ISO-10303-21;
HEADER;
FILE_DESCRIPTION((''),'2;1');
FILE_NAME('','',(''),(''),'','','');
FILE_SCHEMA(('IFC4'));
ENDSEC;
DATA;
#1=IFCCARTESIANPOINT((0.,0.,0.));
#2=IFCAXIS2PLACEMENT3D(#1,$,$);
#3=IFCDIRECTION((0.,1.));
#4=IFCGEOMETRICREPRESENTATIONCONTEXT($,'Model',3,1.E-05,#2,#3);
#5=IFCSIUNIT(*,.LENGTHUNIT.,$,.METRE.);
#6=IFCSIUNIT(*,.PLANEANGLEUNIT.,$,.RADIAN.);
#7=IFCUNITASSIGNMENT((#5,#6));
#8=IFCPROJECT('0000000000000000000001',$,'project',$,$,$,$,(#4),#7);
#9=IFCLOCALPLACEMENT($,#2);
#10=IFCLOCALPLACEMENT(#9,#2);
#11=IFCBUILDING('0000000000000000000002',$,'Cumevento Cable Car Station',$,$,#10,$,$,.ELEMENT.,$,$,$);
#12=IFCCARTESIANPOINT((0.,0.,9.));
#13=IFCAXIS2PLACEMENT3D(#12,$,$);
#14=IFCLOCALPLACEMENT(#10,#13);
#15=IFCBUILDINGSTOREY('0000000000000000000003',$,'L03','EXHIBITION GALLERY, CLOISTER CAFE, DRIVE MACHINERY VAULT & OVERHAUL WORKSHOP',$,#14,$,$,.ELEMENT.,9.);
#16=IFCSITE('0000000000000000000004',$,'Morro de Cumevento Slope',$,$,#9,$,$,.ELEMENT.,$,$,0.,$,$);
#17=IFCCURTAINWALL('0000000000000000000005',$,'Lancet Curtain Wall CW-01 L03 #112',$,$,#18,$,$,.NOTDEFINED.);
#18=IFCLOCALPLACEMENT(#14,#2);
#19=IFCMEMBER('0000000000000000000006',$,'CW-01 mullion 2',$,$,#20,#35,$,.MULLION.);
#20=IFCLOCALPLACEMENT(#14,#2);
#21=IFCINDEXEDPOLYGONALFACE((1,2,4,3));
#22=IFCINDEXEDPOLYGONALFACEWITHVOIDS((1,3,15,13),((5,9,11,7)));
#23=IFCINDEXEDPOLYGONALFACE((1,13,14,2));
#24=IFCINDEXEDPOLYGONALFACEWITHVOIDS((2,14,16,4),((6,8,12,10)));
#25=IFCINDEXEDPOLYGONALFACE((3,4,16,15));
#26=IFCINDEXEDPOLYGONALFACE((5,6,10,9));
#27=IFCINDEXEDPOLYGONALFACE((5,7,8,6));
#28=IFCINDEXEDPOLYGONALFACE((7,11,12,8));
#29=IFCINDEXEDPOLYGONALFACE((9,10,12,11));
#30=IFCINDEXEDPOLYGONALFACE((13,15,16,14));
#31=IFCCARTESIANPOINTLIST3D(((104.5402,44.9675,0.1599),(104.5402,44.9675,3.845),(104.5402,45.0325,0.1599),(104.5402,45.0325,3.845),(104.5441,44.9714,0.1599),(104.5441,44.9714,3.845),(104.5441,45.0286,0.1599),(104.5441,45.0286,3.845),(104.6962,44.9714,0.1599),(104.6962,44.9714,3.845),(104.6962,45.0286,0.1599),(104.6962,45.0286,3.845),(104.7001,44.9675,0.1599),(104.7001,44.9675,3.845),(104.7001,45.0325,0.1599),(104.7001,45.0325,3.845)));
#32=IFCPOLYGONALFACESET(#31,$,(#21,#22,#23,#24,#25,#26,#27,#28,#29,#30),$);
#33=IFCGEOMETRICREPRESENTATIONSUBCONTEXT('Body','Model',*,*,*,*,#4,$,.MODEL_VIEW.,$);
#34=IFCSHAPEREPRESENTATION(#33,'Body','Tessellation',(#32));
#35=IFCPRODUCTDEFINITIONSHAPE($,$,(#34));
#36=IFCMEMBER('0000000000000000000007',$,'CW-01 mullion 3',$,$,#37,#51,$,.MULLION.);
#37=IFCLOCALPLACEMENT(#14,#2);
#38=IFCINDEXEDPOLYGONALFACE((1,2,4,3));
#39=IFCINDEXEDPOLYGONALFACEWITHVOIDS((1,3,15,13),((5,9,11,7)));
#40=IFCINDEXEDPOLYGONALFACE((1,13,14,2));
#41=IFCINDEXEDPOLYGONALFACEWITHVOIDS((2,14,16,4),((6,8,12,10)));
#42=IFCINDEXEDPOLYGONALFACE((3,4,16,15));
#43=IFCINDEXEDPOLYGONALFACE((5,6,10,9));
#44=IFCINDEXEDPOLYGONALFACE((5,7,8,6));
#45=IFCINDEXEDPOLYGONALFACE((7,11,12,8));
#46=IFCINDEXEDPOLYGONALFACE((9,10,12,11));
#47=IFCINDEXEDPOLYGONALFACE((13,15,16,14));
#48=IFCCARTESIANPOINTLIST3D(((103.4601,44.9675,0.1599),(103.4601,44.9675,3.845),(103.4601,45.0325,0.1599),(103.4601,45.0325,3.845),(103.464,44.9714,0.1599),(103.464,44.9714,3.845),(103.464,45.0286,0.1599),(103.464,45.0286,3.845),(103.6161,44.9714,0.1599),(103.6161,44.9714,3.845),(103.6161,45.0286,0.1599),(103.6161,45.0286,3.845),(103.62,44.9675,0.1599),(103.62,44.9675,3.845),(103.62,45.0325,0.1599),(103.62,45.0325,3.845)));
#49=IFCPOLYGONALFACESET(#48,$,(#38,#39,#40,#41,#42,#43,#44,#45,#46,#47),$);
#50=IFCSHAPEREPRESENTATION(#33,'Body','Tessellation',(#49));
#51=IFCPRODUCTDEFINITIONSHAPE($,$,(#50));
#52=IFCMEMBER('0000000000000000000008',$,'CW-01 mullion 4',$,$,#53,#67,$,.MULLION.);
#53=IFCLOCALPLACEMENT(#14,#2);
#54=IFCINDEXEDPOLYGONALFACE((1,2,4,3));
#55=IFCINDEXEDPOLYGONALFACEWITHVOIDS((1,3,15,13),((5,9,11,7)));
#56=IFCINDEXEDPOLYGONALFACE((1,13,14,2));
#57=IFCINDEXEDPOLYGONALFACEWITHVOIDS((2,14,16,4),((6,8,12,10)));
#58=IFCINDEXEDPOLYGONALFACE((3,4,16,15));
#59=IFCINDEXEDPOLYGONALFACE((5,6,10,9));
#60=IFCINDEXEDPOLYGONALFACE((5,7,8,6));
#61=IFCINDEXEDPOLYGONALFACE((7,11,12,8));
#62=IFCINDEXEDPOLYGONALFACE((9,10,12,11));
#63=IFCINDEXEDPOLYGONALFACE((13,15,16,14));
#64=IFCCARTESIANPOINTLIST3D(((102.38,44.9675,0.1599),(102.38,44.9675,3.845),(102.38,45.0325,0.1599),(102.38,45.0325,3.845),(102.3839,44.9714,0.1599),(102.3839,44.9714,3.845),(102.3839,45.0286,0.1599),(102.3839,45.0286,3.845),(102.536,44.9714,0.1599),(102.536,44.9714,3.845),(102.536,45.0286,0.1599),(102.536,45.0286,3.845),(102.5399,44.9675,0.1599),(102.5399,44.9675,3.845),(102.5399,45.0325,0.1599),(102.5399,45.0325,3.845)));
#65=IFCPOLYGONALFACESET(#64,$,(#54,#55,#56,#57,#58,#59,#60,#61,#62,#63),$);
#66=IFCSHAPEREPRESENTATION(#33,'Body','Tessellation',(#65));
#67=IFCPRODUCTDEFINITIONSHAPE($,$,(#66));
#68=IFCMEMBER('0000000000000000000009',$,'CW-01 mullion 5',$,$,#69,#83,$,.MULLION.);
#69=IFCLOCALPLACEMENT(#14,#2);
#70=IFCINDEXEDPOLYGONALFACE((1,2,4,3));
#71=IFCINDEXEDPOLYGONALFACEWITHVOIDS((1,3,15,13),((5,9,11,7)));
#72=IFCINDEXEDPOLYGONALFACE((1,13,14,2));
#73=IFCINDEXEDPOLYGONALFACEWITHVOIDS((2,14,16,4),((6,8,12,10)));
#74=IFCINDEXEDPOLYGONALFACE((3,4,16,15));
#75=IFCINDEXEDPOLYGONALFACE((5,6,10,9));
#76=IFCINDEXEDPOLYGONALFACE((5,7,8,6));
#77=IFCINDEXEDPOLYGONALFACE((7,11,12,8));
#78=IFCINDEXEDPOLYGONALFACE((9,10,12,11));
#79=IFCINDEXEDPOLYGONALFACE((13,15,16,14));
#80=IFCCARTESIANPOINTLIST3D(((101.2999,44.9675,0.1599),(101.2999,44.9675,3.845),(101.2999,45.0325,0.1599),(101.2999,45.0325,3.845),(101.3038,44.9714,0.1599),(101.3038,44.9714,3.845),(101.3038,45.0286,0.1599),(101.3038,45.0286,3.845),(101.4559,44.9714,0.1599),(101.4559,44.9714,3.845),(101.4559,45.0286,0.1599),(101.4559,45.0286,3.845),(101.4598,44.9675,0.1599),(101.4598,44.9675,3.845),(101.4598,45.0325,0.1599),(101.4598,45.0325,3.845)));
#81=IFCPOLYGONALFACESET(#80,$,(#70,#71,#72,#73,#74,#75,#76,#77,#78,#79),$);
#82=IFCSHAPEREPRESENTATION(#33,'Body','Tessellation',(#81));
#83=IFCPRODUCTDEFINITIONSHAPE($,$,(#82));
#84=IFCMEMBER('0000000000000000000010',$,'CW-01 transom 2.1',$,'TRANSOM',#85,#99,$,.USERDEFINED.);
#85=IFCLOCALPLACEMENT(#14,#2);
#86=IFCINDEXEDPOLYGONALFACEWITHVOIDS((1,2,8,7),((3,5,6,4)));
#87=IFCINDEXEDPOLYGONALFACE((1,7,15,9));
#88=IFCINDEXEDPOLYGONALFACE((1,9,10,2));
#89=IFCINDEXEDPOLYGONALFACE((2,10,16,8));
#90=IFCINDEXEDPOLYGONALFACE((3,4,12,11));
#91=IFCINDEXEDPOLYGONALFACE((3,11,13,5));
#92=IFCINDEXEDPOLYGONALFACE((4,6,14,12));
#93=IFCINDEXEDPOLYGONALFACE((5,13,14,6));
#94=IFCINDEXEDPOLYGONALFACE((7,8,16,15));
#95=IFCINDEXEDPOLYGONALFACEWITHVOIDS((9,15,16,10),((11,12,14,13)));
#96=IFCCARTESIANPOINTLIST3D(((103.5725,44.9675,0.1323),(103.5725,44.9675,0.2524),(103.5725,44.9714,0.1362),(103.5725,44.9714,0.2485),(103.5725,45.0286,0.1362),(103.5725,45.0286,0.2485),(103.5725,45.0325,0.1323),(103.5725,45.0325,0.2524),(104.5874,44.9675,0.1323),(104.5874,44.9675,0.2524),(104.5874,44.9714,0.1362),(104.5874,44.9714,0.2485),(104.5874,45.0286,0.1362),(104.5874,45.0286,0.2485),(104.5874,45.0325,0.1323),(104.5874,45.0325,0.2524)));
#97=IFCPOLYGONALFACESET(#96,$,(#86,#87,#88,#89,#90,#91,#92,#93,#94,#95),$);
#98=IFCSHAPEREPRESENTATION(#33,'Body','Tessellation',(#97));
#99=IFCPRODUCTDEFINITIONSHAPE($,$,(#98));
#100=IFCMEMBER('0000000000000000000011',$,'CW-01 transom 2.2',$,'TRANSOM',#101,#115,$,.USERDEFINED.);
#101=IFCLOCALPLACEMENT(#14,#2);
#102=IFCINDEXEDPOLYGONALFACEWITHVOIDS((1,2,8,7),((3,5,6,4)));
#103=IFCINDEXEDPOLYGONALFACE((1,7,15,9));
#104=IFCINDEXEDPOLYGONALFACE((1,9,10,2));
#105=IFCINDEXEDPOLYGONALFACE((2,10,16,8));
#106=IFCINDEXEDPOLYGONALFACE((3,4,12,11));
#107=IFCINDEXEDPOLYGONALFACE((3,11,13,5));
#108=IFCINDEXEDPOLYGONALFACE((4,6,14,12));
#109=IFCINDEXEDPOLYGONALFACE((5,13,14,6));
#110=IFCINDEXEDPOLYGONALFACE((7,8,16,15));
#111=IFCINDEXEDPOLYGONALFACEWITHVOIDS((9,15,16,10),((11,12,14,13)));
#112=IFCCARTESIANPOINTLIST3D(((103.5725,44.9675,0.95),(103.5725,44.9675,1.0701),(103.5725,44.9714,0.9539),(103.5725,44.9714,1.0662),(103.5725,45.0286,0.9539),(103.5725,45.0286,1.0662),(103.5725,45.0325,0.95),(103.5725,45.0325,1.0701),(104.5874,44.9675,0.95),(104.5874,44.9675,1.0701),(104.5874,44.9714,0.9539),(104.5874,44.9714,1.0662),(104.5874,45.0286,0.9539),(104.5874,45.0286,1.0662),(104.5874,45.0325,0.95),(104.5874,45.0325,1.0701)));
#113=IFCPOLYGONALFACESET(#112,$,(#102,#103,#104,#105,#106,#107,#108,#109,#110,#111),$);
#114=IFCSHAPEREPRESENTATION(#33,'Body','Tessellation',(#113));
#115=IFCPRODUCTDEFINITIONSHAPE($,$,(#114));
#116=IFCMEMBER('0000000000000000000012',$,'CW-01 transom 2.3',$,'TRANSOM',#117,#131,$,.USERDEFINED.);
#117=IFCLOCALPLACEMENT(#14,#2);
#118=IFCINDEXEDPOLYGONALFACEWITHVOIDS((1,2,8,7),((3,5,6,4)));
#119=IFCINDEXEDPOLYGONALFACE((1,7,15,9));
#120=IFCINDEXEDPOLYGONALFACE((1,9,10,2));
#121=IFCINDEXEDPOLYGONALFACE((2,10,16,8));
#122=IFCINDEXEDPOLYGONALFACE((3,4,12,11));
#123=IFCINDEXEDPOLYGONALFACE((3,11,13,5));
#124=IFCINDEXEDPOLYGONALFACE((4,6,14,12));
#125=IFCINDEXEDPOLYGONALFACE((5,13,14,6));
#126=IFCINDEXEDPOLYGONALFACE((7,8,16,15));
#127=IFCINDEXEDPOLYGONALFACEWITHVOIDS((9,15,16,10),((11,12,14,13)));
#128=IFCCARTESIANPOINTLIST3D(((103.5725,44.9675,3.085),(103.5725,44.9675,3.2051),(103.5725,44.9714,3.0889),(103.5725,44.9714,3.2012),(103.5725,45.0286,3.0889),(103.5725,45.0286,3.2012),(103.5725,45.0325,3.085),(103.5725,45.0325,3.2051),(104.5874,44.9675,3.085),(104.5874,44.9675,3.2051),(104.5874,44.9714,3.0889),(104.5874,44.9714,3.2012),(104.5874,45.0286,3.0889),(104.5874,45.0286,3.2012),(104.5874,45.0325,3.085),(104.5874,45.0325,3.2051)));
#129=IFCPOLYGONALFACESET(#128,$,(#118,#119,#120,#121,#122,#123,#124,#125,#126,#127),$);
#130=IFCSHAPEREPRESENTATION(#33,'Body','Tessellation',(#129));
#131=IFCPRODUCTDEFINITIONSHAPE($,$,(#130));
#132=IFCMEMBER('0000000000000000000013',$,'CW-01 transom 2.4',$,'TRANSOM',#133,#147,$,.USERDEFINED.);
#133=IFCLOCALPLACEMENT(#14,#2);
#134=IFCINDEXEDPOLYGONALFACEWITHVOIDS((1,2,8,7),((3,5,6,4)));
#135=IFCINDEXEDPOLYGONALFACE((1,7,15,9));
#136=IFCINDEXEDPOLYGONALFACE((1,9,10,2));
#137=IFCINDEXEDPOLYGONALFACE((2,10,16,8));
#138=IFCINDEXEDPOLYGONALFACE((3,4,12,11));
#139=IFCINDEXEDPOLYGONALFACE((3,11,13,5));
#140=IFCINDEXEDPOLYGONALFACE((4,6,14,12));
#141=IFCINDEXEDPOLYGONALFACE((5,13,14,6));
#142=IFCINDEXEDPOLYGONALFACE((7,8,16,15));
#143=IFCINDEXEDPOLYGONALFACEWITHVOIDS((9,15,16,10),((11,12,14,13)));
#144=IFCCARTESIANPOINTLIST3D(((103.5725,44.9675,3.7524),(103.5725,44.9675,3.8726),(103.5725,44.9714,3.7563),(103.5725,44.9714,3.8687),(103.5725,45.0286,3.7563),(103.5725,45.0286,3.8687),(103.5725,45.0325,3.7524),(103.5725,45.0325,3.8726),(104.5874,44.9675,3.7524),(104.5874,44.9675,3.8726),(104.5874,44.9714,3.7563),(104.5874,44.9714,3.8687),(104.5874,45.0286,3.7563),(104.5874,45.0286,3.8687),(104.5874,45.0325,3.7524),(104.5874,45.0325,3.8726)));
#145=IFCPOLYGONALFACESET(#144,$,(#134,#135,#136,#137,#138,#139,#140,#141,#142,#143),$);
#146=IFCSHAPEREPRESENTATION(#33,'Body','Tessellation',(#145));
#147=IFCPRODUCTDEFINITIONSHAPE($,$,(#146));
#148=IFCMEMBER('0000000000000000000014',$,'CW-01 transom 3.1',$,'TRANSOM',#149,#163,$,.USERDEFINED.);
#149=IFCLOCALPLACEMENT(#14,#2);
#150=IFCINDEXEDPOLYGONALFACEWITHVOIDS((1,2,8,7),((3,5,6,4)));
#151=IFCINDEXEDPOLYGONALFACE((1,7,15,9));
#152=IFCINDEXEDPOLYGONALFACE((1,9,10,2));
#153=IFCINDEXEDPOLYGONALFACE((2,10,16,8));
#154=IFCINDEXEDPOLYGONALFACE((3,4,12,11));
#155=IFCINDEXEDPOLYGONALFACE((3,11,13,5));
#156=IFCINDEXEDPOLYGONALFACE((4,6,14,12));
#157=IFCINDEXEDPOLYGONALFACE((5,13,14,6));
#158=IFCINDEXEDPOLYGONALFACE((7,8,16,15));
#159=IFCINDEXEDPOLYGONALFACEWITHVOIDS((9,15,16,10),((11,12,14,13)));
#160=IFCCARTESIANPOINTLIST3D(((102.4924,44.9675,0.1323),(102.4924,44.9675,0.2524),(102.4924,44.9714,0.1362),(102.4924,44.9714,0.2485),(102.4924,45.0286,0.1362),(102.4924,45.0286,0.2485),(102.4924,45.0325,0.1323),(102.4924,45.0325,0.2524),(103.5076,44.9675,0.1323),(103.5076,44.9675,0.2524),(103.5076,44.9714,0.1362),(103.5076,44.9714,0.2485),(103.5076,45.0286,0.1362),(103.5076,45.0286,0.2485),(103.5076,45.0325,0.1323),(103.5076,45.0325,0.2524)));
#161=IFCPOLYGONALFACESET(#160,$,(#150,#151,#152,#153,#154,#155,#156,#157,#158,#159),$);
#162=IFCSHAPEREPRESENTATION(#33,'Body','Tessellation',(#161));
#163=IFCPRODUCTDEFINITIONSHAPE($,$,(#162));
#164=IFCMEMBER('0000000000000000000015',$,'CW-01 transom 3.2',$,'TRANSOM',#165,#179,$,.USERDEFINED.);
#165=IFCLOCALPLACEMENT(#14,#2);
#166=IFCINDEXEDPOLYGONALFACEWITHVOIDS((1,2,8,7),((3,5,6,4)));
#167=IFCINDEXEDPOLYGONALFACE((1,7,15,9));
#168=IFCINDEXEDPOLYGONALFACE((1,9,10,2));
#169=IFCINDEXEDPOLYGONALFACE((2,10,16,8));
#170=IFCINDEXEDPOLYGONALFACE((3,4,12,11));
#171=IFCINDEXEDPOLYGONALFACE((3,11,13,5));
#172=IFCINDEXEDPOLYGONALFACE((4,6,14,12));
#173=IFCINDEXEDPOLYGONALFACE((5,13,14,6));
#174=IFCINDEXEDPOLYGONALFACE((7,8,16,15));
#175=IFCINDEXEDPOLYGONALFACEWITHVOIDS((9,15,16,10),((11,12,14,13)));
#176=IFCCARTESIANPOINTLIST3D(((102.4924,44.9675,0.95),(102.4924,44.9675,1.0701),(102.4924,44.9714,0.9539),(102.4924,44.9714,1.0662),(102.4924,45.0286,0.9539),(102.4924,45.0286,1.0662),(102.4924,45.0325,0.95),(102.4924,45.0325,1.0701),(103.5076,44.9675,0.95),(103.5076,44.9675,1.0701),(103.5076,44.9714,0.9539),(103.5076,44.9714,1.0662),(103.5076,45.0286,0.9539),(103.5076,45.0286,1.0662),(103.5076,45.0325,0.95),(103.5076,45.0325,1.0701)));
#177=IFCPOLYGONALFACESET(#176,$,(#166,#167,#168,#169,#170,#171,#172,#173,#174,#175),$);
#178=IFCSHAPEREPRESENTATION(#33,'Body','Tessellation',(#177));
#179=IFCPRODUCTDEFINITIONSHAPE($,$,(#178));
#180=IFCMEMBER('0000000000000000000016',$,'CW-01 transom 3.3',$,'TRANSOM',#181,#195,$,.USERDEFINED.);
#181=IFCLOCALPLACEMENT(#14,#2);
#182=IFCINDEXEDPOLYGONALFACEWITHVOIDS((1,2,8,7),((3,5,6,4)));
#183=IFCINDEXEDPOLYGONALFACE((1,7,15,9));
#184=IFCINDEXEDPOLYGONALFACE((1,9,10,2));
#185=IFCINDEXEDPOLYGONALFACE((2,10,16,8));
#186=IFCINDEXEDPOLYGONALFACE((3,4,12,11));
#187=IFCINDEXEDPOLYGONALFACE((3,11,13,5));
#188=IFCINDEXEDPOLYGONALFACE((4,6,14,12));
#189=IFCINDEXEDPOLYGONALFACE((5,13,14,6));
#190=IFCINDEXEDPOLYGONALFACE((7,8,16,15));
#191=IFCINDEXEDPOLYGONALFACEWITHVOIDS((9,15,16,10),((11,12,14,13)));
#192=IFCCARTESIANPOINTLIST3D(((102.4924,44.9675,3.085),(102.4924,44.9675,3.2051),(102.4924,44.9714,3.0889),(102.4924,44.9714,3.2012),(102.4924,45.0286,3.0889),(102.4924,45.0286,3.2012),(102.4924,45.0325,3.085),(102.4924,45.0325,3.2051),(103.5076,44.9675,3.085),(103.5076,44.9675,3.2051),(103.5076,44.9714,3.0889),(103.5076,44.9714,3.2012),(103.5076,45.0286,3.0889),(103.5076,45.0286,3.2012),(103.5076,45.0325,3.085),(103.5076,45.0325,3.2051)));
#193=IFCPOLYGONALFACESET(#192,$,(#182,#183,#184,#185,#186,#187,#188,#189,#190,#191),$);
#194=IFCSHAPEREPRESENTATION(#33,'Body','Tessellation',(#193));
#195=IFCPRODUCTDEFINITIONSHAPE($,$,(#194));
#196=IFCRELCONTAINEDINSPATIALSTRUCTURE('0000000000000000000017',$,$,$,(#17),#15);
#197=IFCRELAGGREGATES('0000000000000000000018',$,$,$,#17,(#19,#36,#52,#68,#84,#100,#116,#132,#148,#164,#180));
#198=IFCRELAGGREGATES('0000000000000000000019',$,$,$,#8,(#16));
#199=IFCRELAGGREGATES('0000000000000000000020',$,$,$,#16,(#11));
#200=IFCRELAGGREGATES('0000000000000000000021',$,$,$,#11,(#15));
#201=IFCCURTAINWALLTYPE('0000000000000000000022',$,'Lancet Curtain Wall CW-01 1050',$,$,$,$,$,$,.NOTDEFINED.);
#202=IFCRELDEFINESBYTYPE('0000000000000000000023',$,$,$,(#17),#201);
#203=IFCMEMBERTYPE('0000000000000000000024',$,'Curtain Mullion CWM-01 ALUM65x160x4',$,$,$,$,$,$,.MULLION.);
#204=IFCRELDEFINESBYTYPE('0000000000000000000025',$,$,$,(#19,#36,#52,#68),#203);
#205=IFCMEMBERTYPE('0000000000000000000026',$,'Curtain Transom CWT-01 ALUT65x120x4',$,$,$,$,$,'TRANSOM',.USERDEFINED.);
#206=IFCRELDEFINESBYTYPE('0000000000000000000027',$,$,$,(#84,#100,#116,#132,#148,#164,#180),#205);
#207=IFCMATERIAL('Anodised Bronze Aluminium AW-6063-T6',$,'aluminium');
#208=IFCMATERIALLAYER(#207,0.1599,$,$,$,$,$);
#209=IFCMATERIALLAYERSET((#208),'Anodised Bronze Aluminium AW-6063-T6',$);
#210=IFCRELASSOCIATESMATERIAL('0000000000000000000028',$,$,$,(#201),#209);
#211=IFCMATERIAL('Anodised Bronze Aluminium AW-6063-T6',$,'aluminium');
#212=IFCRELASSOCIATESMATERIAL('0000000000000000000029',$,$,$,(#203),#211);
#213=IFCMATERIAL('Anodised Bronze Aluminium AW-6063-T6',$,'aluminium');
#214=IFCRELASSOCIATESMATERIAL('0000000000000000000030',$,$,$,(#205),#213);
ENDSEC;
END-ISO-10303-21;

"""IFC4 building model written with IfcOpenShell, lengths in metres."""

from ifc_helpers import new_model, si_unit, direction, frame, origin, origin_2d, place, context, subcontext, project, spatial, hollow_rectangle, extrude, material, layer, layer_set, material_profile, profile_set, type_object, element, aggregate, save


model = new_model("IFC4")

# Units and contexts
model_context = context("Model", 3, precision=1e-05, world=origin(), true_north=direction((0.0, 1.0)))
body_context = subcontext(model_context, "Body", "Model", "MODEL_VIEW")
ifc_project = project(units=[si_unit("LENGTHUNIT", "METRE"), si_unit("PLANEANGLEUNIT", "RADIAN")], contexts=[model_context])

# Site, building, storey
site_placement = place(None, origin())
site = spatial("IfcSite", under=ifc_project, at=site_placement, Name="Morro de Cumevento Slope", CompositionType="ELEMENT", RefElevation=0.0)
building_placement = place(site_placement, origin())
building = spatial("IfcBuilding", under=site, at=building_placement, Name="Cumevento Cable Car Station", CompositionType="ELEMENT")
storey_placement = place(building_placement, frame((0.0, 0.0, 9.0)))
storey = spatial("IfcBuildingStorey", under=building, at=storey_placement, Name="L03", Description="EXHIBITION GALLERY, CLOISTER CAFE, DRIVE MACHINERY VAULT & OVERHAUL WORKSHOP", CompositionType="ELEMENT", Elevation=9.0)

# Curtain wall, members
ifc_material_1 = material(Name="Anodised Bronze Aluminium AW-6063-T6", Category="aluminium")
ifc_layer_1 = layer(ifc_material_1, 0.1599)
ifc_layer_set_1 = layer_set([ifc_layer_1], Name="Anodised Bronze Aluminium AW-6063-T6")
curtain_wall_type = type_object("IfcCurtainWallType", Name="Lancet Curtain Wall CW-01 1050", PredefinedType="NOTDEFINED", material=ifc_layer_set_1)
curtain_wall_placement = place(storey_placement, origin())
curtain_wall = element("IfcCurtainWall", 1, at=curtain_wall_placement, inside=storey, type_object=curtain_wall_type, Name="Lancet Curtain Wall CW-01 L03 #112", PredefinedType="NOTDEFINED")
ifc_material_2 = material(Name="Anodised Bronze Aluminium AW-6063-T6", Category="aluminium")
ifc_material_profile_1 = material_profile(ifc_material_2, hollow_rectangle(XDim=0.0649, YDim=0.1599, WallThickness=0.0039, at=origin_2d()), Name="ALUM65x160x4")
ifc_profile_set_1 = profile_set([ifc_material_profile_1], Name="Anodised Bronze Aluminium AW-6063-T6")
member_type_1 = type_object("IfcMemberType", Name="Curtain Mullion CWM-01 ALUM65x160x4", PredefinedType="MULLION", material=ifc_profile_set_1)
member_1_placement = place(storey_placement, frame((104.6201, 45.0, 0.1599), z_axis=(0.0, 0.0, 1.0), x_axis=(0.0, -1.0, 0.0)))
member_1 = element("IfcMember", 2, at=member_1_placement, type_object=member_type_1, Name="CW-01 mullion 2", PredefinedType="MULLION", context=body_context, shape_type="SweptSolid", body=[
    extrude(hollow_rectangle(XDim=0.0649, YDim=0.1599, WallThickness=0.0039, at=origin_2d()), origin(), (0.0, 0.0, 1.0), 3.6851),
])
member_2_placement = place(storey_placement, frame((103.54, 45.0, 0.1599), z_axis=(0.0, 0.0, 1.0), x_axis=(0.0, -1.0, 0.0)))
member_2 = element("IfcMember", 3, at=member_2_placement, type_object=member_type_1, Name="CW-01 mullion 3", PredefinedType="MULLION", context=body_context, shape_type="SweptSolid", body=[
    extrude(hollow_rectangle(XDim=0.0649, YDim=0.1599, WallThickness=0.0039, at=origin_2d()), origin(), (0.0, 0.0, 1.0), 3.6851),
])
member_3_placement = place(storey_placement, frame((102.46, 45.0, 0.1599), z_axis=(0.0, 0.0, 1.0), x_axis=(0.0, -1.0, 0.0)))
member_3 = element("IfcMember", 4, at=member_3_placement, type_object=member_type_1, Name="CW-01 mullion 4", PredefinedType="MULLION", context=body_context, shape_type="SweptSolid", body=[
    extrude(hollow_rectangle(XDim=0.0649, YDim=0.1599, WallThickness=0.0039, at=origin_2d()), origin(), (0.0, 0.0, 1.0), 3.6851),
])
member_4_placement = place(storey_placement, frame((101.3799, 45.0, 0.1599), z_axis=(0.0, 0.0, 1.0), x_axis=(0.0, -1.0, 0.0)))
member_4 = element("IfcMember", 5, at=member_4_placement, type_object=member_type_1, Name="CW-01 mullion 5", PredefinedType="MULLION", context=body_context, shape_type="SweptSolid", body=[
    extrude(hollow_rectangle(XDim=0.0649, YDim=0.1599, WallThickness=0.0039, at=origin_2d()), origin(), (0.0, 0.0, 1.0), 3.6851),
])
ifc_material_3 = material(Name="Anodised Bronze Aluminium AW-6063-T6", Category="aluminium")
ifc_material_profile_2 = material_profile(ifc_material_3, hollow_rectangle(XDim=0.0649, YDim=0.1201, WallThickness=0.0039, at=origin_2d()), Name="ALUT65x120x4")
ifc_profile_set_2 = profile_set([ifc_material_profile_2], Name="Anodised Bronze Aluminium AW-6063-T6")
member_type_2 = type_object("IfcMemberType", Name="Curtain Transom CWT-01 ALUT65x120x4", ElementType="TRANSOM", PredefinedType="USERDEFINED", material=ifc_profile_set_2)
member_5_placement = place(storey_placement, frame((104.5874, 45.0, 0.1924), z_axis=(-1.0, 0.0, 0.0), x_axis=(0.0, -1.0, 0.0)))
member_5 = element("IfcMember", 6, at=member_5_placement, type_object=member_type_2, Name="CW-01 transom 2.1", ObjectType="TRANSOM", PredefinedType="USERDEFINED", context=body_context, shape_type="SweptSolid", body=[
    extrude(hollow_rectangle(XDim=0.0649, YDim=0.1201, WallThickness=0.0039, at=origin_2d()), origin(), (0.0, 0.0, 1.0), 1.0149),
])
member_6_placement = place(storey_placement, frame((104.5874, 45.0, 1.01), z_axis=(-1.0, 0.0, 0.0), x_axis=(0.0, -1.0, 0.0)))
member_6 = element("IfcMember", 7, at=member_6_placement, type_object=member_type_2, Name="CW-01 transom 2.2", ObjectType="TRANSOM", PredefinedType="USERDEFINED", context=body_context, shape_type="SweptSolid", body=[
    extrude(hollow_rectangle(XDim=0.0649, YDim=0.1201, WallThickness=0.0039, at=origin_2d()), origin(), (0.0, 0.0, 1.0), 1.0149),
])
member_7_placement = place(storey_placement, frame((104.5874, 45.0, 3.145), z_axis=(-1.0, 0.0, 0.0), x_axis=(0.0, -1.0, 0.0)))
member_7 = element("IfcMember", 8, at=member_7_placement, type_object=member_type_2, Name="CW-01 transom 2.3", ObjectType="TRANSOM", PredefinedType="USERDEFINED", context=body_context, shape_type="SweptSolid", body=[
    extrude(hollow_rectangle(XDim=0.0649, YDim=0.1201, WallThickness=0.0039, at=origin_2d()), origin(), (0.0, 0.0, 1.0), 1.0149),
])
member_8_placement = place(storey_placement, frame((104.5874, 45.0, 3.8125), z_axis=(-1.0, 0.0, 0.0), x_axis=(0.0, -1.0, 0.0)))
member_8 = element("IfcMember", 9, at=member_8_placement, type_object=member_type_2, Name="CW-01 transom 2.4", ObjectType="TRANSOM", PredefinedType="USERDEFINED", context=body_context, shape_type="SweptSolid", body=[
    extrude(hollow_rectangle(XDim=0.0649, YDim=0.1201, WallThickness=0.0039, at=origin_2d()), origin(), (0.0, 0.0, 1.0), 1.0149),
])
member_9_placement = place(storey_placement, frame((103.5076, 45.0, 0.1924), z_axis=(-1.0, 0.0, 0.0), x_axis=(0.0, -1.0, 0.0)))
member_9 = element("IfcMember", 10, at=member_9_placement, type_object=member_type_2, Name="CW-01 transom 3.1", ObjectType="TRANSOM", PredefinedType="USERDEFINED", context=body_context, shape_type="SweptSolid", body=[
    extrude(hollow_rectangle(XDim=0.0649, YDim=0.1201, WallThickness=0.0039, at=origin_2d()), origin(), (0.0, 0.0, 1.0), 1.0151),
])
member_10_placement = place(storey_placement, frame((103.5076, 45.0, 1.01), z_axis=(-1.0, 0.0, 0.0), x_axis=(0.0, -1.0, 0.0)))
member_10 = element("IfcMember", 11, at=member_10_placement, type_object=member_type_2, Name="CW-01 transom 3.2", ObjectType="TRANSOM", PredefinedType="USERDEFINED", context=body_context, shape_type="SweptSolid", body=[
    extrude(hollow_rectangle(XDim=0.0649, YDim=0.1201, WallThickness=0.0039, at=origin_2d()), origin(), (0.0, 0.0, 1.0), 1.0151),
])
member_11_placement = place(storey_placement, frame((103.5076, 45.0, 3.145), z_axis=(-1.0, 0.0, 0.0), x_axis=(0.0, -1.0, 0.0)))
member_11 = element("IfcMember", 12, at=member_11_placement, type_object=member_type_2, Name="CW-01 transom 3.3", ObjectType="TRANSOM", PredefinedType="USERDEFINED", context=body_context, shape_type="SweptSolid", body=[
    extrude(hollow_rectangle(XDim=0.0649, YDim=0.1201, WallThickness=0.0039, at=origin_2d()), origin(), (0.0, 0.0, 1.0), 1.0151),
])

aggregate(curtain_wall, [member_1, member_2, member_3, member_4, member_5, member_6, member_7, member_8, member_9, member_10, member_11])

save(model, "model.ifc")
